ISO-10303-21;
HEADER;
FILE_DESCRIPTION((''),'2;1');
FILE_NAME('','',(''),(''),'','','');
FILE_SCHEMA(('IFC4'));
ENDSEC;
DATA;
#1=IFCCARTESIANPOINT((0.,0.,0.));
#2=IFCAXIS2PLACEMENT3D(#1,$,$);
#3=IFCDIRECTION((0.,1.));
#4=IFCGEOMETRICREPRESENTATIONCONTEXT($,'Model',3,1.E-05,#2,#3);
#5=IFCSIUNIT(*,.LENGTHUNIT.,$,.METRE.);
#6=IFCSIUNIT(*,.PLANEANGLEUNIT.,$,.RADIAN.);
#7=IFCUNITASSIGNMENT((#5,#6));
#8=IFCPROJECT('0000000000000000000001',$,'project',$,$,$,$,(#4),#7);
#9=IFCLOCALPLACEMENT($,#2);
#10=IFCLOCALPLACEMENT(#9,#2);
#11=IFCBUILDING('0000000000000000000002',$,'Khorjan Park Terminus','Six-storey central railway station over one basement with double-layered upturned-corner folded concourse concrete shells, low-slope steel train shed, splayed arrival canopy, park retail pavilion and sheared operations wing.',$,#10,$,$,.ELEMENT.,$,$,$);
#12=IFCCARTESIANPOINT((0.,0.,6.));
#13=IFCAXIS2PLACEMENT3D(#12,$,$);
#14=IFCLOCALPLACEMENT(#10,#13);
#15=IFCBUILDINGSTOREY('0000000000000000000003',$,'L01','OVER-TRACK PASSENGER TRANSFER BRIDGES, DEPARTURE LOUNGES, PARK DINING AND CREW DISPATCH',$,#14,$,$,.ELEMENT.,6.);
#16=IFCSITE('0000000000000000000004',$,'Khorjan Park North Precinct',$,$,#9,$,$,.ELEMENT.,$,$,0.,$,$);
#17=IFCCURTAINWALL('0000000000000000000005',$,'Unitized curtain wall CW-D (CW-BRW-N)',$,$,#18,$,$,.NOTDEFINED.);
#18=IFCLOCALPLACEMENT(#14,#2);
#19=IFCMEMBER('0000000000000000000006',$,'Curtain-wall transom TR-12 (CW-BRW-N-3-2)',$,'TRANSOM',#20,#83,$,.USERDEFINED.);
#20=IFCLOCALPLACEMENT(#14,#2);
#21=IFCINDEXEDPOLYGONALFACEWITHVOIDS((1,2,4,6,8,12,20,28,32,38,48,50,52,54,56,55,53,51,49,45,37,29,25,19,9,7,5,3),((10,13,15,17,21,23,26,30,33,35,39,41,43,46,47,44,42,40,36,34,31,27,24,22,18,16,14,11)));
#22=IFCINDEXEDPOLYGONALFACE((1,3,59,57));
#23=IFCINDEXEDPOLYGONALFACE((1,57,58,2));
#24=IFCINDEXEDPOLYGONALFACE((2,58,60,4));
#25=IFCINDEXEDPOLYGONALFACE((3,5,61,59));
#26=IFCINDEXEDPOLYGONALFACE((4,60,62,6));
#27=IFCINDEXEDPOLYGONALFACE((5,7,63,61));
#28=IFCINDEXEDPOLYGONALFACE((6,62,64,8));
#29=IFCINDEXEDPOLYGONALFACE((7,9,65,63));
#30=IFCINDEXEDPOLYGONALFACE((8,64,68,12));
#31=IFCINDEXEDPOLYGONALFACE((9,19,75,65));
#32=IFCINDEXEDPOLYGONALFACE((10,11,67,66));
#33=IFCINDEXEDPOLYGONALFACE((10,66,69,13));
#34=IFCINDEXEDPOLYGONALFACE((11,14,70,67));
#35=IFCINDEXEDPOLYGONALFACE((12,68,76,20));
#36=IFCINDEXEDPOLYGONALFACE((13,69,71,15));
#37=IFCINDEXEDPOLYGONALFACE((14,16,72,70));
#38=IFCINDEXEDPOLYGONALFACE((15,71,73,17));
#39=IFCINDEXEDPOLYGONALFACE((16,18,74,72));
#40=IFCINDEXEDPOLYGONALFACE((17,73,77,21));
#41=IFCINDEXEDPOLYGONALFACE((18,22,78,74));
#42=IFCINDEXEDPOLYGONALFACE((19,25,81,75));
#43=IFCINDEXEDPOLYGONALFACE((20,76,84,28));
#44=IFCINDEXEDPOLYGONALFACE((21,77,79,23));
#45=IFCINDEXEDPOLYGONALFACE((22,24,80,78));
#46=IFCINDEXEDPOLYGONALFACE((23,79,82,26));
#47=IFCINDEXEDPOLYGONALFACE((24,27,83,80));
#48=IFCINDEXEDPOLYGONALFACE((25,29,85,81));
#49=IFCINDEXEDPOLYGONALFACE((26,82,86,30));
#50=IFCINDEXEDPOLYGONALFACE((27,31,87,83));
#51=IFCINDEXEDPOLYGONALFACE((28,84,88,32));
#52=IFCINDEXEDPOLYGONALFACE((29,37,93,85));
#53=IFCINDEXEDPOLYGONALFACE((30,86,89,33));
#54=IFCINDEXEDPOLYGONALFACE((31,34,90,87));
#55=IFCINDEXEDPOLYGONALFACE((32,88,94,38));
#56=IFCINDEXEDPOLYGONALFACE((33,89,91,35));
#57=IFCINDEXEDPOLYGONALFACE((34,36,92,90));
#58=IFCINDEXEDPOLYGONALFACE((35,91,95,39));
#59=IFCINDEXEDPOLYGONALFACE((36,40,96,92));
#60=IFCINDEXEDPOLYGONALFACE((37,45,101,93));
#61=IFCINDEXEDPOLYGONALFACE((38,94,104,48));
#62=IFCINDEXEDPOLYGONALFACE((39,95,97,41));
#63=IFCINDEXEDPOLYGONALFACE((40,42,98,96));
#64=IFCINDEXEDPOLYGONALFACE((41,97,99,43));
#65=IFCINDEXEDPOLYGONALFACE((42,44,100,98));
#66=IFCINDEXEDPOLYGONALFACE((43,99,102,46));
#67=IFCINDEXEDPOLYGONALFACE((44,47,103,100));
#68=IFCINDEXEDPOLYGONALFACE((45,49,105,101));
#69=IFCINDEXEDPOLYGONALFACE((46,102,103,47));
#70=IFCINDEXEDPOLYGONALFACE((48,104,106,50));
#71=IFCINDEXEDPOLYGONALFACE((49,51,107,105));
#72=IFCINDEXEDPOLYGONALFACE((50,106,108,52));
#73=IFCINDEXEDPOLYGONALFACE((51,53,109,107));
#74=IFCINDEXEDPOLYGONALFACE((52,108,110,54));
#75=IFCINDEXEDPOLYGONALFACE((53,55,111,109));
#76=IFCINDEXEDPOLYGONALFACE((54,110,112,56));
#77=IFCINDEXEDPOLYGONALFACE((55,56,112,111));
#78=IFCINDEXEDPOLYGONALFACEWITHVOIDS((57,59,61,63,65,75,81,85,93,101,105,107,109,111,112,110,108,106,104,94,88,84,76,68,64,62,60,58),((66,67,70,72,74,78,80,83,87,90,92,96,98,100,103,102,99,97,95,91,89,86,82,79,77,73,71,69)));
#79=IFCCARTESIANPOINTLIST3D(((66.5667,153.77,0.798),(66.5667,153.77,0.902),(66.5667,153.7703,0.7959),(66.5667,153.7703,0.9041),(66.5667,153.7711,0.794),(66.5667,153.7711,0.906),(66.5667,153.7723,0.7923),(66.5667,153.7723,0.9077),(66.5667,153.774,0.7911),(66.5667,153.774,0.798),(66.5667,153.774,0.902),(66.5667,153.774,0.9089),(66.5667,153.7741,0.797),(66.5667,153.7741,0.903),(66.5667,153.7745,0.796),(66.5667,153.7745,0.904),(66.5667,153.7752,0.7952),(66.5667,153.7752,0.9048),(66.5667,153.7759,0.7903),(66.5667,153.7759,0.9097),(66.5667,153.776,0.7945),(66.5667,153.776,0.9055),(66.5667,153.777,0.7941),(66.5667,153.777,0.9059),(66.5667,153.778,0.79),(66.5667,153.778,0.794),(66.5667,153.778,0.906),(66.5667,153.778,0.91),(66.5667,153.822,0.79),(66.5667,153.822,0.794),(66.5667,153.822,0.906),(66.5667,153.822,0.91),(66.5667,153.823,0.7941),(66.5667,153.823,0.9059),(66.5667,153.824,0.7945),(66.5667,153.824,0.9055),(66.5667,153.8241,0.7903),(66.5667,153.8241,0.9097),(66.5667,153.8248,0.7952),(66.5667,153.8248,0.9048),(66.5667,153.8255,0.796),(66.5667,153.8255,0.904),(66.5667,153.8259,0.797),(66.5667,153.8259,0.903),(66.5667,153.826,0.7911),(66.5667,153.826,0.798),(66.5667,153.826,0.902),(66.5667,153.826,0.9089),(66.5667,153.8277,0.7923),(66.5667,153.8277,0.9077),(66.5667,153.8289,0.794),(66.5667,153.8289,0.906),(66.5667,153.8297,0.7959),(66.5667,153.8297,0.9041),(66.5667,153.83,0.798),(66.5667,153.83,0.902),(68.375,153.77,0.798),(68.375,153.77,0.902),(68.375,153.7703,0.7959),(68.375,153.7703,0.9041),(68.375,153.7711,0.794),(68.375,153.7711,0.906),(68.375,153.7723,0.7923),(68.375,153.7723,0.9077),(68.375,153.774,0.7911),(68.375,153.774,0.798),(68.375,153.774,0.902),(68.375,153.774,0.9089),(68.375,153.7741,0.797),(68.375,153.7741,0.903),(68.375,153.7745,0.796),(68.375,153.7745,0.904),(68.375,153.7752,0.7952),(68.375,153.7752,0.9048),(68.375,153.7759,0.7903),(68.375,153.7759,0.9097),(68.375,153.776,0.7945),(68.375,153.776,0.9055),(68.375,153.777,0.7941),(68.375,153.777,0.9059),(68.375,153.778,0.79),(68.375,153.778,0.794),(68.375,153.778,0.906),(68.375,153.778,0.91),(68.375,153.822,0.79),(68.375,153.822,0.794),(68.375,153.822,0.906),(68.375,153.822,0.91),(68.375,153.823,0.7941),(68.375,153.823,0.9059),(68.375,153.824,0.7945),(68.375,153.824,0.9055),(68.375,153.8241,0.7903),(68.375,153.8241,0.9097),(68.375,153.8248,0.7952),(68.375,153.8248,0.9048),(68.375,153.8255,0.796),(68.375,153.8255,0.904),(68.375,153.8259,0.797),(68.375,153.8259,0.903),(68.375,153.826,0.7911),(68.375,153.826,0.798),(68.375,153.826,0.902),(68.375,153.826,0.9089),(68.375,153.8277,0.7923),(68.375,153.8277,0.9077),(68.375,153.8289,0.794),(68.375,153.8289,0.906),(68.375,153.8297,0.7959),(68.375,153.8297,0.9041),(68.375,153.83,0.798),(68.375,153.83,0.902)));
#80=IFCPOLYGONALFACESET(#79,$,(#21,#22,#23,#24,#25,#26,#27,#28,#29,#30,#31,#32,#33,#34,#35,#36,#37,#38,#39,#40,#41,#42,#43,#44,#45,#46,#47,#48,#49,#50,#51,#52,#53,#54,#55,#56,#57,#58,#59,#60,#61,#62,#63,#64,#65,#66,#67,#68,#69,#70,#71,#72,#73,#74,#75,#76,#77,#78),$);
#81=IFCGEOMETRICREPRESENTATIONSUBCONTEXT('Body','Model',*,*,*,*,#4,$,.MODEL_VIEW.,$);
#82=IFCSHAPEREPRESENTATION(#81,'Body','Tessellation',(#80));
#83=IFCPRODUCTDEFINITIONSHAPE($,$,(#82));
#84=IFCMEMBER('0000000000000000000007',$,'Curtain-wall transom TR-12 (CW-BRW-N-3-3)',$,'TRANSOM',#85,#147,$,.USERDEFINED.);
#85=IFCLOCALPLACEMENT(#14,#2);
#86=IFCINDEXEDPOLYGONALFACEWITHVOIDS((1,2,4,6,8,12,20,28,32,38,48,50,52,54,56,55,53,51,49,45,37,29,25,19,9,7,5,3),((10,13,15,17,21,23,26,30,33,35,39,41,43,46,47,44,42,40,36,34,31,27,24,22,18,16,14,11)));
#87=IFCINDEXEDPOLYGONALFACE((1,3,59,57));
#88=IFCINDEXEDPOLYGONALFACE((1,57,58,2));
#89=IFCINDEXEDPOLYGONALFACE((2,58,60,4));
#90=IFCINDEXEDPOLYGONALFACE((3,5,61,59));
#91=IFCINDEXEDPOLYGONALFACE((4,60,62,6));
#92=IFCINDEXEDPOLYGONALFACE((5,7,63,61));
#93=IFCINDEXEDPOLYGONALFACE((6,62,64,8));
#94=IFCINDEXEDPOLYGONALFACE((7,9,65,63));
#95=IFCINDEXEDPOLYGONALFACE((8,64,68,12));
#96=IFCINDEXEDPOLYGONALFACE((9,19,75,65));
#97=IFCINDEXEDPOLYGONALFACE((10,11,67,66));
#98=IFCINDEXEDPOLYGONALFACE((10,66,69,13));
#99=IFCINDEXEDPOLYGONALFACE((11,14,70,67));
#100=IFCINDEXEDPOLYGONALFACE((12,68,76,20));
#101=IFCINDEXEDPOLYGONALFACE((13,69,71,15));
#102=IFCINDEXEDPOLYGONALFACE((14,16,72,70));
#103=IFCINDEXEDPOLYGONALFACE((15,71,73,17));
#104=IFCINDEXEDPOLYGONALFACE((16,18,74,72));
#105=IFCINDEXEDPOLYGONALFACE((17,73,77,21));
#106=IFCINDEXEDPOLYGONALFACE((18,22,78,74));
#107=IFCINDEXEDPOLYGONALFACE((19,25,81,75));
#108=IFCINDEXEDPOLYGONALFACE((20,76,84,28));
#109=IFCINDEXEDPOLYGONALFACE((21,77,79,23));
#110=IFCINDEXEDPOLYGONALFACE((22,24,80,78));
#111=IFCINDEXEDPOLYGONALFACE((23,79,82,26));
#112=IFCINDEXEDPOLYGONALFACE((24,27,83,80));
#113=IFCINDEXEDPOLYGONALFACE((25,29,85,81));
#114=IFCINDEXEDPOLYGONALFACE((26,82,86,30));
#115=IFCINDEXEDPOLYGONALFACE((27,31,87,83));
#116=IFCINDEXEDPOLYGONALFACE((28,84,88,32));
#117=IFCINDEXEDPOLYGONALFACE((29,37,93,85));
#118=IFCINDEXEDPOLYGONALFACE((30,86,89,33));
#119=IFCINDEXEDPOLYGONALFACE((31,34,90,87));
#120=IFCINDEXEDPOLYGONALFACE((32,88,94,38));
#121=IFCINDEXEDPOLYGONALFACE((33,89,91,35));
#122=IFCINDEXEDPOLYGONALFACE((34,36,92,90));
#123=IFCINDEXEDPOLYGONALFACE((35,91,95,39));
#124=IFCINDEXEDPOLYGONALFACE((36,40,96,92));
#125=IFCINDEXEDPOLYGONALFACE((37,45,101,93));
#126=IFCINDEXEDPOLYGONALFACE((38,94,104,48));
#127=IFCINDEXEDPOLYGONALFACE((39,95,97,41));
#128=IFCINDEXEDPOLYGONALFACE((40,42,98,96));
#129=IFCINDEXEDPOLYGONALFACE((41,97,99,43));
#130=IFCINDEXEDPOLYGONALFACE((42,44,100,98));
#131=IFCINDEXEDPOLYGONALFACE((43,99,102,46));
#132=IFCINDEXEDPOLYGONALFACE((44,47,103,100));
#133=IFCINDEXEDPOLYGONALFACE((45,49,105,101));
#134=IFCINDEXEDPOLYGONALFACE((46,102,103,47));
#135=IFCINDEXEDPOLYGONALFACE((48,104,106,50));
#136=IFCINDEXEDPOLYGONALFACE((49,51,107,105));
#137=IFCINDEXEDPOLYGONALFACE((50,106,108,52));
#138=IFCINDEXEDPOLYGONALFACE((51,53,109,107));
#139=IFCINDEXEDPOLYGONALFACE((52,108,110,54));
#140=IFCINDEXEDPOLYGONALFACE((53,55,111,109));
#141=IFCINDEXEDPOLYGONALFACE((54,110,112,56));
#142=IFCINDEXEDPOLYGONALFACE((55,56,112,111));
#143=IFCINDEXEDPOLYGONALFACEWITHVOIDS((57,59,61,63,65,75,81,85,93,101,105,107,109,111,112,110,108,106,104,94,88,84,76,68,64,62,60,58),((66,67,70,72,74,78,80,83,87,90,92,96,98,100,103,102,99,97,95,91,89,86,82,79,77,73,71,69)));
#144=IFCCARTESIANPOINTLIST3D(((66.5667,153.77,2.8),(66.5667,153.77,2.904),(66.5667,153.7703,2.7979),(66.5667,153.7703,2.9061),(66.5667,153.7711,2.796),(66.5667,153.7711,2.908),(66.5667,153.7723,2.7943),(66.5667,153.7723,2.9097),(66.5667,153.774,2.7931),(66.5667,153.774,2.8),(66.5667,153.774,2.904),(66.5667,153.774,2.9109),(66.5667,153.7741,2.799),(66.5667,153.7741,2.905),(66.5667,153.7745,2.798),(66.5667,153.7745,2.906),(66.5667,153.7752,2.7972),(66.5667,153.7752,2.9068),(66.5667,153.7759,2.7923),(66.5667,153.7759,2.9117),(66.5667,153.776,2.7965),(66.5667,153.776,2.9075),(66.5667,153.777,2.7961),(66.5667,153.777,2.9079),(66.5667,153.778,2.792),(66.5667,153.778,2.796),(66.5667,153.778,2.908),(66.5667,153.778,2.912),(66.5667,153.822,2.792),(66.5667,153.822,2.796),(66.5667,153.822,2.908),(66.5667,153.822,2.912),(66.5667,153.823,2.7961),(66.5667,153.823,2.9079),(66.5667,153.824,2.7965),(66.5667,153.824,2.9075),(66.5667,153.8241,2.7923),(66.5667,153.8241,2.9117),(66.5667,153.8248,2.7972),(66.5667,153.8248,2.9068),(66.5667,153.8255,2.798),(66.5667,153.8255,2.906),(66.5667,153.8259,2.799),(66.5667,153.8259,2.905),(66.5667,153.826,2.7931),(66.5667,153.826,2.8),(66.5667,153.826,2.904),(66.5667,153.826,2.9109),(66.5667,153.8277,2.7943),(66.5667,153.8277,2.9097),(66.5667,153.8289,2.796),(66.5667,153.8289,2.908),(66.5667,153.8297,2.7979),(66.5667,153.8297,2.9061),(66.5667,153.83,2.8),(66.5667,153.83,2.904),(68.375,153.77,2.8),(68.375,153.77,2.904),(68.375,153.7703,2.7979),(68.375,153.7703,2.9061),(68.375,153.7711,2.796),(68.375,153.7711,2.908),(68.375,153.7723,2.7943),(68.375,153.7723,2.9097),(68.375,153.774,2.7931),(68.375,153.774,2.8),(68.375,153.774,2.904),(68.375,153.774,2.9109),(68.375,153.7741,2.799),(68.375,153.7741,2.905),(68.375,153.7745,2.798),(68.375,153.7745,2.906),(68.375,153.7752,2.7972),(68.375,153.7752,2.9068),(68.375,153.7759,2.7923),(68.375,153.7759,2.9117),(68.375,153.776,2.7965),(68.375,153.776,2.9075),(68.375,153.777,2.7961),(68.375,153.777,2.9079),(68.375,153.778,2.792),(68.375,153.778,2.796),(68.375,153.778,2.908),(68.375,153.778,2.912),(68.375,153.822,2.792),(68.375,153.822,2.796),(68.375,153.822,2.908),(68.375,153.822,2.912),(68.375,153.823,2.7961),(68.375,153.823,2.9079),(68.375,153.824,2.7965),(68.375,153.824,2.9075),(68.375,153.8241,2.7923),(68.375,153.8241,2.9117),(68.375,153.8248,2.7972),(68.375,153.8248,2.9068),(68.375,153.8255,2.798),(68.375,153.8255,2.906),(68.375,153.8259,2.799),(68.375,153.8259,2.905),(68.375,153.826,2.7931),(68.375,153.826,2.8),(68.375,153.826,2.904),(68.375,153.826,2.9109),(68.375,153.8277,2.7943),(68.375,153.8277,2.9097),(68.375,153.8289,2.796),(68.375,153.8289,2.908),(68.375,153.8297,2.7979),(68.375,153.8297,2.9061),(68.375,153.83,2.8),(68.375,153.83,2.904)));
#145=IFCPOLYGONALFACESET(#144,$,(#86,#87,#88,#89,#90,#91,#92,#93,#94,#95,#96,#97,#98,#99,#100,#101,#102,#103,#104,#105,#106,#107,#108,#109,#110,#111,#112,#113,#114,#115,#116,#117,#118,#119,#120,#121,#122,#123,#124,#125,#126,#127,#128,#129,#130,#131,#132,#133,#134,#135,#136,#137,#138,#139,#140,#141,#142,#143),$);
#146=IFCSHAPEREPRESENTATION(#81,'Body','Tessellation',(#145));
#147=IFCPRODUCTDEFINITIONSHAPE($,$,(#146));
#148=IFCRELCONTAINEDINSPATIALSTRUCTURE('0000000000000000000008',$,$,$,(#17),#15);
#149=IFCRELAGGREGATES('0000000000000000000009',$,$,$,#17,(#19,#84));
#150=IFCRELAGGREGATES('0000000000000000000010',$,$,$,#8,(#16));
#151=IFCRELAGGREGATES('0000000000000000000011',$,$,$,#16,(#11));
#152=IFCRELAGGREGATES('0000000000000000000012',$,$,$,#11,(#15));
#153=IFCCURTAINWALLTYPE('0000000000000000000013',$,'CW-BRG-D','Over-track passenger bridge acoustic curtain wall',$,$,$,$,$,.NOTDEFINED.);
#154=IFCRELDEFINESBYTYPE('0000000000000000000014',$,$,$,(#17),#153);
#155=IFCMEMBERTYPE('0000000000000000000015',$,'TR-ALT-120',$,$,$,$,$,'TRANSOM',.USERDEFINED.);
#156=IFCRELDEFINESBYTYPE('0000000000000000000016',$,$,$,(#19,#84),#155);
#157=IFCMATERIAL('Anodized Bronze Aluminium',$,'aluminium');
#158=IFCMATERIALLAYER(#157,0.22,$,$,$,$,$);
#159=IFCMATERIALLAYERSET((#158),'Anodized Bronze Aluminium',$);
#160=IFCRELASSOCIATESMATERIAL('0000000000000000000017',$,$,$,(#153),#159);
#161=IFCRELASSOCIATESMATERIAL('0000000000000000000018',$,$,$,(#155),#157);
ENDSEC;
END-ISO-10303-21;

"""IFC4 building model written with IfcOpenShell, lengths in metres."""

from ifc_helpers import new_model, si_unit, direction, frame, origin, origin_2d, place, context, subcontext, project, spatial, hollow_rectangle, extrude, material, layer, layer_set, material_profile, profile_set, type_object, element, aggregate, save


model = new_model("IFC4")

# Units and contexts
model_context = context("Model", 3, precision=1e-05, world=origin(), true_north=direction((0.0, 1.0)))
body_context = subcontext(model_context, "Body", "Model", "MODEL_VIEW")
ifc_project = project(units=[si_unit("LENGTHUNIT", "METRE"), si_unit("PLANEANGLEUNIT", "RADIAN")], contexts=[model_context])

# Site, building, storey
site_placement = place(None, origin())
site = spatial("IfcSite", under=ifc_project, at=site_placement, Name="Khorjan Park North Precinct", CompositionType="ELEMENT", RefElevation=0.0)
building_placement = place(site_placement, origin())
building = spatial("IfcBuilding", under=site, at=building_placement, Name="Khorjan Park Terminus", Description="Six-storey central railway station over one basement with double-layered upturned-corner folded concourse concrete shells, low-slope steel train shed, splayed arrival canopy, park retail pavilion and sheared operations wing.", CompositionType="ELEMENT")
storey_placement = place(building_placement, frame((0.0, 0.0, 6.0)))
storey = spatial("IfcBuildingStorey", under=building, at=storey_placement, Name="L01", Description="OVER-TRACK PASSENGER TRANSFER BRIDGES, DEPARTURE LOUNGES, PARK DINING AND CREW DISPATCH", CompositionType="ELEMENT", Elevation=6.0)

# Curtain wall, members
ifc_material_1 = material(Name="Anodized Bronze Aluminium", Category="aluminium")
ifc_layer_1 = layer(ifc_material_1, 0.22)
ifc_layer_set_1 = layer_set([ifc_layer_1], Name="Anodized Bronze Aluminium")
curtain_wall_type = type_object("IfcCurtainWallType", Name="CW-BRG-D", Description="Over-track passenger bridge acoustic curtain wall", PredefinedType="NOTDEFINED", material=ifc_layer_set_1)
curtain_wall_placement = place(storey_placement, origin())
curtain_wall = element("IfcCurtainWall", 1, at=curtain_wall_placement, inside=storey, type_object=curtain_wall_type, Name="Unitized curtain wall CW-D (CW-BRW-N)", PredefinedType="NOTDEFINED")
ifc_material_profile_1 = material_profile(ifc_material_1, hollow_rectangle(XDim=0.06, YDim=0.12, WallThickness=0.004, InnerFilletRadius=0.004, OuterFilletRadius=0.008, at=origin_2d()), Name="ALT 60x120x4")
ifc_profile_set_1 = profile_set([ifc_material_profile_1], Name="Anodized Bronze Aluminium")
member_type_1 = type_object("IfcMemberType", Name="TR-ALT-120", ElementType="TRANSOM", PredefinedType="USERDEFINED", material=ifc_profile_set_1)
member_1_placement = place(storey_placement, frame((68.375, 153.8, 0.85), z_axis=(-1.0, 0.0, 0.0), x_axis=(0.0, -1.0, 0.0)))
member_1 = element("IfcMember", 2, at=member_1_placement, type_object=member_type_1, Name="Curtain-wall transom TR-12 (CW-BRW-N-3-2)", ObjectType="TRANSOM", PredefinedType="USERDEFINED", context=body_context, shape_type="SweptSolid", body=[
    extrude(hollow_rectangle(XDim=0.06, YDim=0.12, WallThickness=0.004, InnerFilletRadius=0.004, OuterFilletRadius=0.008, at=origin_2d()), origin(), (0.0, 0.0, 1.0), 1.8083),
])
member_2_placement = place(storey_placement, frame((68.375, 153.8, 2.852), z_axis=(-1.0, 0.0, 0.0), x_axis=(0.0, -1.0, 0.0)))
member_2 = element("IfcMember", 3, at=member_2_placement, type_object=member_type_1, Name="Curtain-wall transom TR-12 (CW-BRW-N-3-3)", ObjectType="TRANSOM", PredefinedType="USERDEFINED", context=body_context, shape_type="SweptSolid", body=[
    extrude(hollow_rectangle(XDim=0.06, YDim=0.12, WallThickness=0.004, InnerFilletRadius=0.004, OuterFilletRadius=0.008, at=origin_2d()), origin(), (0.0, 0.0, 1.0), 1.8083),
])
aggregate(curtain_wall, [member_1, member_2])

save(model, "model.ifc")
